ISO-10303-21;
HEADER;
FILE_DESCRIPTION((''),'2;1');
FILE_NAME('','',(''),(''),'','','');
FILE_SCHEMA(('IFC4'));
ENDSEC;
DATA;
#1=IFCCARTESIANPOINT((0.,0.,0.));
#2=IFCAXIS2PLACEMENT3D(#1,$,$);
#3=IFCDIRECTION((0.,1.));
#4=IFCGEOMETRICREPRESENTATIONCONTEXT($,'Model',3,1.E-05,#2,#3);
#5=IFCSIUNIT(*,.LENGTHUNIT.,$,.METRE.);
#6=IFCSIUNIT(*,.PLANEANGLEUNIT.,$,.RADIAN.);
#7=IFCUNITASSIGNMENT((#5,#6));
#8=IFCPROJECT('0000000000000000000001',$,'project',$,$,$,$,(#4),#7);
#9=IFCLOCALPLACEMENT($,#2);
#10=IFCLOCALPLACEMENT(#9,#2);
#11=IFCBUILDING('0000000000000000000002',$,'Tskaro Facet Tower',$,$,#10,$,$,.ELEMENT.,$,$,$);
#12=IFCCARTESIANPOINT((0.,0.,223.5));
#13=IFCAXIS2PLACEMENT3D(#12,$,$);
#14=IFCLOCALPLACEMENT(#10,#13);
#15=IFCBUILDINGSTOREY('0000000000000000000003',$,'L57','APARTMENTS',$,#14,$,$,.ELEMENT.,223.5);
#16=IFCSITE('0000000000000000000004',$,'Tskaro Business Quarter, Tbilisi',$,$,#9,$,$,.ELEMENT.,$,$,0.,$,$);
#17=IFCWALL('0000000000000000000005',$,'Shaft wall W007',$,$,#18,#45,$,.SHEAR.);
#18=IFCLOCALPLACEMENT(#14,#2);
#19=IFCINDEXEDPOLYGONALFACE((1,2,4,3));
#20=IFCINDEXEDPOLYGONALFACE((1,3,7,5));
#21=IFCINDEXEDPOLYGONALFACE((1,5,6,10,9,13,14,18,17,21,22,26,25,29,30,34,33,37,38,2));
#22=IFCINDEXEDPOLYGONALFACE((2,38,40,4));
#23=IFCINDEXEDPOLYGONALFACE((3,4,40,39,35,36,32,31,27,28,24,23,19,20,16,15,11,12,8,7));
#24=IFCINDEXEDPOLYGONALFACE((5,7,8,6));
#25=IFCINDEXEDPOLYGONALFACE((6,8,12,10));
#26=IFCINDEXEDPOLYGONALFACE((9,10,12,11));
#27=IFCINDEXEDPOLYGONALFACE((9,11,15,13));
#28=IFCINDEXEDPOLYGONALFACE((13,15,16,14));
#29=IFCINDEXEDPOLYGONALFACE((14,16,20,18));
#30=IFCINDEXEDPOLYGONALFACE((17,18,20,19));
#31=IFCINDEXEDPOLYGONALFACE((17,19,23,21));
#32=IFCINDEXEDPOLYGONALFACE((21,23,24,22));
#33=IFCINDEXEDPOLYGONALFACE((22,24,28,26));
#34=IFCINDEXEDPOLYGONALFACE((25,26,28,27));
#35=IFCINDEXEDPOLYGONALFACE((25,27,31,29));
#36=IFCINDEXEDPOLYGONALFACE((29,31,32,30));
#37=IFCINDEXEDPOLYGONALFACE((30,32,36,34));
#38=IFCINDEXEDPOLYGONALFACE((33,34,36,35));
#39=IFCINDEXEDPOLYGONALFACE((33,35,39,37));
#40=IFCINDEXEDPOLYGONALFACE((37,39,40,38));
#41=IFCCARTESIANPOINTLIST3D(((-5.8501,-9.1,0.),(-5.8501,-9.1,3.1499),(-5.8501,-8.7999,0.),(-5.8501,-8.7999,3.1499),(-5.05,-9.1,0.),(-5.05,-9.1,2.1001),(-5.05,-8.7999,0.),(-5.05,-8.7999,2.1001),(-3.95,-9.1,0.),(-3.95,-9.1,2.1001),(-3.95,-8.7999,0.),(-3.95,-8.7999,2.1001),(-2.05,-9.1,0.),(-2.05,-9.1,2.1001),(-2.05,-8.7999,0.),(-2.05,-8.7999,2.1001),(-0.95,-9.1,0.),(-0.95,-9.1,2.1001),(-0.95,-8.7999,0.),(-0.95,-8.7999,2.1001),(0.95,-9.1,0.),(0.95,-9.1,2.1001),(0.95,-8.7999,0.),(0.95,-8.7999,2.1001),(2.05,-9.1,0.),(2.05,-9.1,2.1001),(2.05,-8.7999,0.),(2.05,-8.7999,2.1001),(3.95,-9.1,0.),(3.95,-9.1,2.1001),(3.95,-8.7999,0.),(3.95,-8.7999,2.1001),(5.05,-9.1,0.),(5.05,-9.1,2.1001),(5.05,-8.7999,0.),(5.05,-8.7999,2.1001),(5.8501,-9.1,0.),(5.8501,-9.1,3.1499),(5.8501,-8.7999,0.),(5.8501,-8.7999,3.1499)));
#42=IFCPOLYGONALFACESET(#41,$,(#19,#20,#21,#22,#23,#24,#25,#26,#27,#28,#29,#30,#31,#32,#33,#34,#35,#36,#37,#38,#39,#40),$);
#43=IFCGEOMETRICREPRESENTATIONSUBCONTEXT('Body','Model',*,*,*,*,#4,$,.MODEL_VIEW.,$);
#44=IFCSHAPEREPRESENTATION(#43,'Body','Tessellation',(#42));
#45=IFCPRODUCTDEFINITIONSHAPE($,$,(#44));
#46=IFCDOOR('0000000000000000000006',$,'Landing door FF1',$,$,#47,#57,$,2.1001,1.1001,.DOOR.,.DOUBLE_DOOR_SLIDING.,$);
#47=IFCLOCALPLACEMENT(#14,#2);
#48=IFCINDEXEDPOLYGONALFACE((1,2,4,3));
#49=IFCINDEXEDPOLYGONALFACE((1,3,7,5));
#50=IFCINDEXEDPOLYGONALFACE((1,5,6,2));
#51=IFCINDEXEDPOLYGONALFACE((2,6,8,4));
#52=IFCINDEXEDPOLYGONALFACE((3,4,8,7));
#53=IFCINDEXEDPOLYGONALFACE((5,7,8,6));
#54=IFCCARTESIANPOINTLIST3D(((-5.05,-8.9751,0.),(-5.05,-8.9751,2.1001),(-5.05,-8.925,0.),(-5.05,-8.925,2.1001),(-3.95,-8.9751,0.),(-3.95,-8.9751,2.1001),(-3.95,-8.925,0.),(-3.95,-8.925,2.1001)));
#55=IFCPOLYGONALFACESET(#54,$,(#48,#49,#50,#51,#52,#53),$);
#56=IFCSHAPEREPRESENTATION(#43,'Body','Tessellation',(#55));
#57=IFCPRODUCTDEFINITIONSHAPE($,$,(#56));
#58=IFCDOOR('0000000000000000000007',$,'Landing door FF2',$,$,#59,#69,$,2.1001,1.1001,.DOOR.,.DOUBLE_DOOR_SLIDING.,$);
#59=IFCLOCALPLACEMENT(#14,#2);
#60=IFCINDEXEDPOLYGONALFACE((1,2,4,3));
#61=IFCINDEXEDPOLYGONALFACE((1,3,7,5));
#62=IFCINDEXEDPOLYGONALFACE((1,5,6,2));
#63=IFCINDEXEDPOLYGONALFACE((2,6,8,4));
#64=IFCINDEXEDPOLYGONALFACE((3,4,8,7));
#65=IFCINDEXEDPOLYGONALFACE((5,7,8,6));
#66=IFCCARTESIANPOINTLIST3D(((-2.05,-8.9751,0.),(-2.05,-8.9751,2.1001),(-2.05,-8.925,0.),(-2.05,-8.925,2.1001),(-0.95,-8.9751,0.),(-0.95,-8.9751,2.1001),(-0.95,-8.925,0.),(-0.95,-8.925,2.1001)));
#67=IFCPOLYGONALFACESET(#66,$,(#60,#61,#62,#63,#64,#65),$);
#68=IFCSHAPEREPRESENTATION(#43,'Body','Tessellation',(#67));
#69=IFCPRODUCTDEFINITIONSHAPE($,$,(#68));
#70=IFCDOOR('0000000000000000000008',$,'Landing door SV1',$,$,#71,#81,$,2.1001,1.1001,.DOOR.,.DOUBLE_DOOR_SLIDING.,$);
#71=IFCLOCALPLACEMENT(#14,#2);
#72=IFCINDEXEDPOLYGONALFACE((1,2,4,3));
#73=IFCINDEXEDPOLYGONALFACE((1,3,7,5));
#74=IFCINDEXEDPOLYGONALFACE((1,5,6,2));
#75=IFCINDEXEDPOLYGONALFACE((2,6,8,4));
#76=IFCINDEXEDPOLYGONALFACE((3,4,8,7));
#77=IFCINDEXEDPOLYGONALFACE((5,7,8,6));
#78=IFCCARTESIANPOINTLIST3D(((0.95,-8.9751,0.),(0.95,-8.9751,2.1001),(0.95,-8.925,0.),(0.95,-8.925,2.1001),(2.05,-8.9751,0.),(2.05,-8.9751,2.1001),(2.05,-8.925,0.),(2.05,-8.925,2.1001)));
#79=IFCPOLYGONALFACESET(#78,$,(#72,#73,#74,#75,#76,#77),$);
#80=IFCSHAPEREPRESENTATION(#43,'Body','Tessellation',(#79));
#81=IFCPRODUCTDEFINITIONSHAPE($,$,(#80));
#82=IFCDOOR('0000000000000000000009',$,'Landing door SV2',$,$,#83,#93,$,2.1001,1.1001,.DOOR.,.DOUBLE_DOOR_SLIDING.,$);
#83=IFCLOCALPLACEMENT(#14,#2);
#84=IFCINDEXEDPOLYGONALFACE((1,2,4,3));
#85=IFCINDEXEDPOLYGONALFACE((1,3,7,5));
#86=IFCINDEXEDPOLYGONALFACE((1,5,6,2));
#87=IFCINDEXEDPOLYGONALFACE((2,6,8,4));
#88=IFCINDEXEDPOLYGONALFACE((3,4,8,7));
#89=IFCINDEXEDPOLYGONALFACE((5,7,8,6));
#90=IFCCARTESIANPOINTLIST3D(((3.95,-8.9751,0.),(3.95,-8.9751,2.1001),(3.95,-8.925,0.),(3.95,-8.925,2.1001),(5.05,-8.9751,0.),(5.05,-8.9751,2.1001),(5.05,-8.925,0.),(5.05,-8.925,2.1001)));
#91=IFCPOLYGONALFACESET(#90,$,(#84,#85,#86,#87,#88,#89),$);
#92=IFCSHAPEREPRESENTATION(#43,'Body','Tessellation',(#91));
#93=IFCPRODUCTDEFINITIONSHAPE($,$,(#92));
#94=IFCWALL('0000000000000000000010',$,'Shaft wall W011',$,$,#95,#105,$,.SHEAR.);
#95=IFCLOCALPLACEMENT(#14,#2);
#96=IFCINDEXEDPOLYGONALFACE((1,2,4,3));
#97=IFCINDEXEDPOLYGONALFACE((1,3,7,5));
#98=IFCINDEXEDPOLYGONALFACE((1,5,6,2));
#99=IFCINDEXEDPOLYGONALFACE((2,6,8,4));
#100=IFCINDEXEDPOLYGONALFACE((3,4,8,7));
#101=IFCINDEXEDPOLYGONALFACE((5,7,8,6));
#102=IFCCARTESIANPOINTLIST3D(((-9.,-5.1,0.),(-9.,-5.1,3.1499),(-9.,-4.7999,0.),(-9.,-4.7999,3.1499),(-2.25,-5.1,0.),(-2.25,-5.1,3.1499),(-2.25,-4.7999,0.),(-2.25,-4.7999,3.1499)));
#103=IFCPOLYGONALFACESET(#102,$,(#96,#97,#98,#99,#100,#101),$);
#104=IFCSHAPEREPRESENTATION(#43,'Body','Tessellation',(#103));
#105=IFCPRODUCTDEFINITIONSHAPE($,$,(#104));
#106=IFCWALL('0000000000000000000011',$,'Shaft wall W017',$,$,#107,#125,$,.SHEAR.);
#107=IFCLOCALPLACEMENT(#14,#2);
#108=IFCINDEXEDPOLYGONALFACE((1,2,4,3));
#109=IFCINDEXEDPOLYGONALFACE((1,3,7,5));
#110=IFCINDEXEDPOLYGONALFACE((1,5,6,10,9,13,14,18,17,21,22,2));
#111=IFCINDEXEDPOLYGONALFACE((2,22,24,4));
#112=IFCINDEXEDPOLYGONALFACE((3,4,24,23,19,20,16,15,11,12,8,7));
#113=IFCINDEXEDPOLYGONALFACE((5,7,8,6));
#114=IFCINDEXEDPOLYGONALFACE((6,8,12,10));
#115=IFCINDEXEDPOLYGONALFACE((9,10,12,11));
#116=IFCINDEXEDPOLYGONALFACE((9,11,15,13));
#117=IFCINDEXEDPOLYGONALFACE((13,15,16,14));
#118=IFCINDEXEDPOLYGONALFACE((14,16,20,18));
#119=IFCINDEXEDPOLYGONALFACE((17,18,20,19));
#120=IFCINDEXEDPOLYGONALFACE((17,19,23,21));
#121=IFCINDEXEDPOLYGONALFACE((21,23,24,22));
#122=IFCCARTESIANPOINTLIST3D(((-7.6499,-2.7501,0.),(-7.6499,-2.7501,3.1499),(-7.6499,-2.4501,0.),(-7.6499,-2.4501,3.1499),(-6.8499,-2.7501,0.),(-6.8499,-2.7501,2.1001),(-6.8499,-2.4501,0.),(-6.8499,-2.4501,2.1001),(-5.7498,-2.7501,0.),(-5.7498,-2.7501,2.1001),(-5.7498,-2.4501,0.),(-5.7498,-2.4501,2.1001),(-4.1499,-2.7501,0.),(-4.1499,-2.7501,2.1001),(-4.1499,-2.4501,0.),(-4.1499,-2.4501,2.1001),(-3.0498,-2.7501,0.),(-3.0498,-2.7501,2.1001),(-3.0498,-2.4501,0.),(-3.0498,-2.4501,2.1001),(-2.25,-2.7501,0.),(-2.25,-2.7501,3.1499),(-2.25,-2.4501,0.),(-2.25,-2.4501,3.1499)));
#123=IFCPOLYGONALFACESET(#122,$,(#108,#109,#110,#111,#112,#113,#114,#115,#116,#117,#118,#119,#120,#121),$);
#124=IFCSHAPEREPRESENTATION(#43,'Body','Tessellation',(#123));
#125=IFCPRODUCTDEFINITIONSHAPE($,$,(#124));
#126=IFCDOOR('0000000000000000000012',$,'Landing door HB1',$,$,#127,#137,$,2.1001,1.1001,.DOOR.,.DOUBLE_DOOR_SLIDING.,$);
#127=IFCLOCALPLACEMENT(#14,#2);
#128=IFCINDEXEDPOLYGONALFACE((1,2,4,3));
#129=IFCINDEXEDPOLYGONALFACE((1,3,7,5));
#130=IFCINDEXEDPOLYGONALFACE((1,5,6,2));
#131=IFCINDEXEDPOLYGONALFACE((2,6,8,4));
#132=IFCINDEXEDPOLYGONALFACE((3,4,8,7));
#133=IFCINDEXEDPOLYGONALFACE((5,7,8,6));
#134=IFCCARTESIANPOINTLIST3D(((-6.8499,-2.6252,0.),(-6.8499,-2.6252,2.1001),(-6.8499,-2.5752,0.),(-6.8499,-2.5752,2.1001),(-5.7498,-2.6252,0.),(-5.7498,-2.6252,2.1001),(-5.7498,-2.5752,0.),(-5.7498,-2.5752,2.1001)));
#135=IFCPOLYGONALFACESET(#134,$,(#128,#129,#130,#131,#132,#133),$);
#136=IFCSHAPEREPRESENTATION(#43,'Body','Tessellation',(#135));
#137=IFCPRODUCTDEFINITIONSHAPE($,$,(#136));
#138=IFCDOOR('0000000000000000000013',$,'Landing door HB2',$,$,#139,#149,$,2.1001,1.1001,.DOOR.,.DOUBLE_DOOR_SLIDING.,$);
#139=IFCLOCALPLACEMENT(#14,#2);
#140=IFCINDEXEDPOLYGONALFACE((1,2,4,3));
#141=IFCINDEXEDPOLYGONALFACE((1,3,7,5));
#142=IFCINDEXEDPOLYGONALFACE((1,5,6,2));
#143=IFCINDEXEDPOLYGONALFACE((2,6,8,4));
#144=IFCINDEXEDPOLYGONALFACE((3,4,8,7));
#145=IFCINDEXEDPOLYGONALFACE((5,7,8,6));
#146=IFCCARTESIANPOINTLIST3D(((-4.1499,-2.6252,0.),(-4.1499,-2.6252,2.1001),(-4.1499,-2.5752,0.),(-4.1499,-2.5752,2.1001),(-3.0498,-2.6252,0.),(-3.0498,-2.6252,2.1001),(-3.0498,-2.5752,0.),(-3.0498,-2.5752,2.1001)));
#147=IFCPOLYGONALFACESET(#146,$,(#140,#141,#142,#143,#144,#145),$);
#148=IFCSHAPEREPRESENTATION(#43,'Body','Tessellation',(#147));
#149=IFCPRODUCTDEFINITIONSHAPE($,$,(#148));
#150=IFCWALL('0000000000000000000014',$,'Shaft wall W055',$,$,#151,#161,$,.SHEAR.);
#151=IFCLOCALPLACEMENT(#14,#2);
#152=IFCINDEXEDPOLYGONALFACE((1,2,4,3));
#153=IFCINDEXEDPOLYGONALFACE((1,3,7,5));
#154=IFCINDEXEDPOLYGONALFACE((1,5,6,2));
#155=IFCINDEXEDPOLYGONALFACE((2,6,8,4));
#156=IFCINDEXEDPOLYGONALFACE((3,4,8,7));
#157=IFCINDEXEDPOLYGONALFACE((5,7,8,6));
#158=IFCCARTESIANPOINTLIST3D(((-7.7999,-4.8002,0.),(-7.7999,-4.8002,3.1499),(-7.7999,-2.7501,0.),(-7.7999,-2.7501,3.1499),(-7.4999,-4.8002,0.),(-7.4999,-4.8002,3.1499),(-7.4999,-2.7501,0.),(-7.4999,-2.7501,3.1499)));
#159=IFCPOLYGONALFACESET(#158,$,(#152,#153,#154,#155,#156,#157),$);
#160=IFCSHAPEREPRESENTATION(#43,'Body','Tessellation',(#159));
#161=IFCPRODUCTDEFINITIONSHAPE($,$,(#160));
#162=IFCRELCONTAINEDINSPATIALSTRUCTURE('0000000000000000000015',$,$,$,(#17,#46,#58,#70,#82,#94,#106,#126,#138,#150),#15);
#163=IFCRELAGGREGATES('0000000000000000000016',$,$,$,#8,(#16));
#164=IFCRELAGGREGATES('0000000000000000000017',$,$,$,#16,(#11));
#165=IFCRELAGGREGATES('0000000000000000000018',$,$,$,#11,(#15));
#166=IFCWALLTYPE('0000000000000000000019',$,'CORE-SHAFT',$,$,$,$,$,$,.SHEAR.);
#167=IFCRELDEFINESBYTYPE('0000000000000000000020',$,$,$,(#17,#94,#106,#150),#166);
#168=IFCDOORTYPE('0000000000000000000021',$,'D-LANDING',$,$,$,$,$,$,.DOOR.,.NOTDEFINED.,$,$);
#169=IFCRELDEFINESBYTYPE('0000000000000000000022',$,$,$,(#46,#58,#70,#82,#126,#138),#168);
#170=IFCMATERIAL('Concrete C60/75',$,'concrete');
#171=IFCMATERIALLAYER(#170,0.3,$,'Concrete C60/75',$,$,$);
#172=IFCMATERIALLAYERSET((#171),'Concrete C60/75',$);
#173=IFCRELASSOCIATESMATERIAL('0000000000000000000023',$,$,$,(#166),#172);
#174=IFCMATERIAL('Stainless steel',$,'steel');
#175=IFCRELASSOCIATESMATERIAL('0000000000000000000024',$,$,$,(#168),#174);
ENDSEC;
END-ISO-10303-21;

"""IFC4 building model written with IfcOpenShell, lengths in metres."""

from ifc_helpers import new_model, si_unit, direction, frame, frame_2d, origin, place, context, subcontext, project, spatial, rectangle, extrude, material, layer, layer_set, type_object, element, fill, save


model = new_model("IFC4")

# Units and contexts
model_context = context("Model", 3, precision=1e-05, world=origin(), true_north=direction((0.0, 1.0)))
body_context = subcontext(model_context, "Body", "Model", "MODEL_VIEW")
ifc_project = project(units=[si_unit("LENGTHUNIT", "METRE"), si_unit("PLANEANGLEUNIT", "RADIAN")], contexts=[model_context])

# Site, building, storey
site_placement = place(None, origin())
site = spatial("IfcSite", under=ifc_project, at=site_placement, Name="Tskaro Business Quarter, Tbilisi", CompositionType="ELEMENT", RefElevation=0.0)
building_placement = place(site_placement, origin())
building = spatial("IfcBuilding", under=site, at=building_placement, Name="Tskaro Facet Tower", CompositionType="ELEMENT")
storey_placement = place(building_placement, frame((0.0, 0.0, 223.5)))
storey = spatial("IfcBuildingStorey", under=building, at=storey_placement, Name="L57", Description="APARTMENTS", CompositionType="ELEMENT", Elevation=223.5)

# Wall, openings, doors
ifc_material_1 = material(Name="Concrete C60/75", Category="concrete")
ifc_layer_1 = layer(ifc_material_1, 0.3, Name="Concrete C60/75")
ifc_layer_set_1 = layer_set([ifc_layer_1], Name="Concrete C60/75")
wall_type_1 = type_object("IfcWallType", Name="CORE-SHAFT", PredefinedType="SHEAR", material=ifc_layer_set_1)
wall_1_placement = place(storey_placement, frame((-5.8501, -8.95, 0.0), z_axis=(0.0, 0.0, 1.0), x_axis=(1.0, 0.0, 0.0)))
wall_1 = element("IfcWall", 1, at=wall_1_placement, inside=storey, type_object=wall_type_1, Name="Shaft wall W007", PredefinedType="SHEAR", context=body_context, shape_type="SweptSolid", body=[
    extrude(rectangle(XDim=11.7002, YDim=0.3, at=frame_2d((5.8501, 0.0))), origin(), (0.0, 0.0, 1.0), 3.1499),
])
opening_1_placement = place(wall_1_placement, frame((0.8, 0.0, 0.0)))
opening_1 = element("IfcOpeningElement", 2, at=opening_1_placement, cuts=wall_1, PredefinedType="OPENING", context=body_context, shape_type="SweptSolid", body=[
    extrude(rectangle(XDim=1.1001, YDim=2.1001, at=frame_2d((0.55, 1.05))), frame((0.0, 0.1599, 0.0), z_axis=(0.0, -1.0, 0.0), x_axis=(1.0, 0.0, 0.0)), (0.0, 0.0, 1.0), 0.3201),
])
opening_2_placement = place(wall_1_placement, frame((3.8, 0.0, 0.0)))
opening_2 = element("IfcOpeningElement", 3, at=opening_2_placement, cuts=wall_1, PredefinedType="OPENING", context=body_context, shape_type="SweptSolid", body=[
    extrude(rectangle(XDim=1.1001, YDim=2.1001, at=frame_2d((0.55, 1.05))), frame((0.0, 0.1599, 0.0), z_axis=(0.0, -1.0, 0.0), x_axis=(1.0, 0.0, 0.0)), (0.0, 0.0, 1.0), 0.3201),
])
opening_3_placement = place(wall_1_placement, frame((6.8, 0.0, 0.0)))
opening_3 = element("IfcOpeningElement", 4, at=opening_3_placement, cuts=wall_1, PredefinedType="OPENING", context=body_context, shape_type="SweptSolid", body=[
    extrude(rectangle(XDim=1.1001, YDim=2.1001, at=frame_2d((0.55, 1.05))), frame((0.0, 0.1599, 0.0), z_axis=(0.0, -1.0, 0.0), x_axis=(1.0, 0.0, 0.0)), (0.0, 0.0, 1.0), 0.3201),
])
opening_4_placement = place(wall_1_placement, frame((9.8, 0.0, 0.0)))
opening_4 = element("IfcOpeningElement", 5, at=opening_4_placement, cuts=wall_1, PredefinedType="OPENING", context=body_context, shape_type="SweptSolid", body=[
    extrude(rectangle(XDim=1.1001, YDim=2.1001, at=frame_2d((0.55, 1.05))), frame((0.0, 0.1599, 0.0), z_axis=(0.0, -1.0, 0.0), x_axis=(1.0, 0.0, 0.0)), (0.0, 0.0, 1.0), 0.3201),
])
ifc_material_2 = material(Name="Stainless steel", Category="steel")
door_type_1 = type_object("IfcDoorType", Name="D-LANDING", OperationType="NOTDEFINED", PredefinedType="DOOR", material=ifc_material_2)
door_1_placement = place(opening_1_placement, origin())
door_1 = element("IfcDoor", 6, at=door_1_placement, inside=storey, type_object=door_type_1, Name="Landing door FF1", OperationType="DOUBLE_DOOR_SLIDING", OverallHeight=2.1001, OverallWidth=1.1001, PredefinedType="DOOR", context=body_context, shape_type="SweptSolid", body=[
    extrude(rectangle(XDim=1.1001, YDim=2.1001, at=frame_2d((0.55, 1.05))), frame((0.0, 0.0249, 0.0), z_axis=(0.0, -1.0, 0.0), x_axis=(1.0, 0.0, 0.0)), (0.0, 0.0, 1.0), 0.05),
])
fill(opening_1, door_1)
door_2_placement = place(opening_2_placement, origin())
door_2 = element("IfcDoor", 7, at=door_2_placement, inside=storey, type_object=door_type_1, Name="Landing door FF2", OperationType="DOUBLE_DOOR_SLIDING", OverallHeight=2.1001, OverallWidth=1.1001, PredefinedType="DOOR", context=body_context, shape_type="SweptSolid", body=[
    extrude(rectangle(XDim=1.1001, YDim=2.1001, at=frame_2d((0.55, 1.05))), frame((0.0, 0.0249, 0.0), z_axis=(0.0, -1.0, 0.0), x_axis=(1.0, 0.0, 0.0)), (0.0, 0.0, 1.0), 0.05),
])
fill(opening_2, door_2)
door_3_placement = place(opening_3_placement, origin())
door_3 = element("IfcDoor", 8, at=door_3_placement, inside=storey, type_object=door_type_1, Name="Landing door SV1", OperationType="DOUBLE_DOOR_SLIDING", OverallHeight=2.1001, OverallWidth=1.1001, PredefinedType="DOOR", context=body_context, shape_type="SweptSolid", body=[
    extrude(rectangle(XDim=1.1001, YDim=2.1001, at=frame_2d((0.55, 1.05))), frame((0.0, 0.0249, 0.0), z_axis=(0.0, -1.0, 0.0), x_axis=(1.0, 0.0, 0.0)), (0.0, 0.0, 1.0), 0.05),
])
fill(opening_3, door_3)
door_4_placement = place(opening_4_placement, origin())
door_4 = element("IfcDoor", 9, at=door_4_placement, inside=storey, type_object=door_type_1, Name="Landing door SV2", OperationType="DOUBLE_DOOR_SLIDING", OverallHeight=2.1001, OverallWidth=1.1001, PredefinedType="DOOR", context=body_context, shape_type="SweptSolid", body=[
    extrude(rectangle(XDim=1.1001, YDim=2.1001, at=frame_2d((0.55, 1.05))), frame((0.0, 0.0249, 0.0), z_axis=(0.0, -1.0, 0.0), x_axis=(1.0, 0.0, 0.0)), (0.0, 0.0, 1.0), 0.05),
])
fill(opening_4, door_4)

# Wall
wall_2_placement = place(storey_placement, frame((-9.0, -4.95, 0.0), z_axis=(0.0, 0.0, 1.0), x_axis=(1.0, 0.0, 0.0)))
element("IfcWall", 10, at=wall_2_placement, inside=storey, type_object=wall_type_1, Name="Shaft wall W011", PredefinedType="SHEAR", context=body_context, shape_type="SweptSolid", body=[
    extrude(rectangle(XDim=6.75, YDim=0.3, at=frame_2d((3.375, 0.0))), origin(), (0.0, 0.0, 1.0), 3.1499),
])

# Wall, openings, doors
wall_3_placement = place(storey_placement, frame((-7.6499, -2.6001, 0.0), z_axis=(0.0, 0.0, 1.0), x_axis=(1.0, 0.0, 0.0)))
wall_3 = element("IfcWall", 11, at=wall_3_placement, inside=storey, type_object=wall_type_1, Name="Shaft wall W017", PredefinedType="SHEAR", context=body_context, shape_type="SweptSolid", body=[
    extrude(rectangle(XDim=5.3999, YDim=0.3, at=frame_2d((2.7, 0.0))), origin(), (0.0, 0.0, 1.0), 3.1499),
])
opening_5_placement = place(wall_3_placement, frame((0.8, 0.0, 0.0)))
opening_5 = element("IfcOpeningElement", 12, at=opening_5_placement, cuts=wall_3, PredefinedType="OPENING", context=body_context, shape_type="SweptSolid", body=[
    extrude(rectangle(XDim=1.1001, YDim=2.1001, at=frame_2d((0.55, 1.05))), frame((0.0, 0.1599, 0.0), z_axis=(0.0, -1.0, 0.0), x_axis=(1.0, 0.0, 0.0)), (0.0, 0.0, 1.0), 0.3201),
])
opening_6_placement = place(wall_3_placement, frame((3.5, 0.0, 0.0)))
opening_6 = element("IfcOpeningElement", 13, at=opening_6_placement, cuts=wall_3, PredefinedType="OPENING", context=body_context, shape_type="SweptSolid", body=[
    extrude(rectangle(XDim=1.1001, YDim=2.1001, at=frame_2d((0.55, 1.05))), frame((0.0, 0.1599, 0.0), z_axis=(0.0, -1.0, 0.0), x_axis=(1.0, 0.0, 0.0)), (0.0, 0.0, 1.0), 0.3201),
])
door_5_placement = place(opening_5_placement, origin())
door_5 = element("IfcDoor", 14, at=door_5_placement, inside=storey, type_object=door_type_1, Name="Landing door HB1", OperationType="DOUBLE_DOOR_SLIDING", OverallHeight=2.1001, OverallWidth=1.1001, PredefinedType="DOOR", context=body_context, shape_type="SweptSolid", body=[
    extrude(rectangle(XDim=1.1001, YDim=2.1001, at=frame_2d((0.55, 1.05))), frame((0.0, 0.0249, 0.0), z_axis=(0.0, -1.0, 0.0), x_axis=(1.0, 0.0, 0.0)), (0.0, 0.0, 1.0), 0.05),
])
fill(opening_5, door_5)
door_6_placement = place(opening_6_placement, origin())
door_6 = element("IfcDoor", 15, at=door_6_placement, inside=storey, type_object=door_type_1, Name="Landing door HB2", OperationType="DOUBLE_DOOR_SLIDING", OverallHeight=2.1001, OverallWidth=1.1001, PredefinedType="DOOR", context=body_context, shape_type="SweptSolid", body=[
    extrude(rectangle(XDim=1.1001, YDim=2.1001, at=frame_2d((0.55, 1.05))), frame((0.0, 0.0249, 0.0), z_axis=(0.0, -1.0, 0.0), x_axis=(1.0, 0.0, 0.0)), (0.0, 0.0, 1.0), 0.05),
])
fill(opening_6, door_6)

# Wall
wall_4_placement = place(storey_placement, frame((-7.6499, -4.8, 0.0), z_axis=(0.0, 0.0, 1.0), x_axis=(0.0, 1.0, 0.0)))
element("IfcWall", 16, at=wall_4_placement, inside=storey, type_object=wall_type_1, Name="Shaft wall W055", PredefinedType="SHEAR", context=body_context, shape_type="SweptSolid", body=[
    extrude(rectangle(XDim=2.05, YDim=0.3, at=frame_2d((1.0249, 0.0))), origin(), (0.0, 0.0, 1.0), 3.1499),
])

save(model, "model.ifc")
